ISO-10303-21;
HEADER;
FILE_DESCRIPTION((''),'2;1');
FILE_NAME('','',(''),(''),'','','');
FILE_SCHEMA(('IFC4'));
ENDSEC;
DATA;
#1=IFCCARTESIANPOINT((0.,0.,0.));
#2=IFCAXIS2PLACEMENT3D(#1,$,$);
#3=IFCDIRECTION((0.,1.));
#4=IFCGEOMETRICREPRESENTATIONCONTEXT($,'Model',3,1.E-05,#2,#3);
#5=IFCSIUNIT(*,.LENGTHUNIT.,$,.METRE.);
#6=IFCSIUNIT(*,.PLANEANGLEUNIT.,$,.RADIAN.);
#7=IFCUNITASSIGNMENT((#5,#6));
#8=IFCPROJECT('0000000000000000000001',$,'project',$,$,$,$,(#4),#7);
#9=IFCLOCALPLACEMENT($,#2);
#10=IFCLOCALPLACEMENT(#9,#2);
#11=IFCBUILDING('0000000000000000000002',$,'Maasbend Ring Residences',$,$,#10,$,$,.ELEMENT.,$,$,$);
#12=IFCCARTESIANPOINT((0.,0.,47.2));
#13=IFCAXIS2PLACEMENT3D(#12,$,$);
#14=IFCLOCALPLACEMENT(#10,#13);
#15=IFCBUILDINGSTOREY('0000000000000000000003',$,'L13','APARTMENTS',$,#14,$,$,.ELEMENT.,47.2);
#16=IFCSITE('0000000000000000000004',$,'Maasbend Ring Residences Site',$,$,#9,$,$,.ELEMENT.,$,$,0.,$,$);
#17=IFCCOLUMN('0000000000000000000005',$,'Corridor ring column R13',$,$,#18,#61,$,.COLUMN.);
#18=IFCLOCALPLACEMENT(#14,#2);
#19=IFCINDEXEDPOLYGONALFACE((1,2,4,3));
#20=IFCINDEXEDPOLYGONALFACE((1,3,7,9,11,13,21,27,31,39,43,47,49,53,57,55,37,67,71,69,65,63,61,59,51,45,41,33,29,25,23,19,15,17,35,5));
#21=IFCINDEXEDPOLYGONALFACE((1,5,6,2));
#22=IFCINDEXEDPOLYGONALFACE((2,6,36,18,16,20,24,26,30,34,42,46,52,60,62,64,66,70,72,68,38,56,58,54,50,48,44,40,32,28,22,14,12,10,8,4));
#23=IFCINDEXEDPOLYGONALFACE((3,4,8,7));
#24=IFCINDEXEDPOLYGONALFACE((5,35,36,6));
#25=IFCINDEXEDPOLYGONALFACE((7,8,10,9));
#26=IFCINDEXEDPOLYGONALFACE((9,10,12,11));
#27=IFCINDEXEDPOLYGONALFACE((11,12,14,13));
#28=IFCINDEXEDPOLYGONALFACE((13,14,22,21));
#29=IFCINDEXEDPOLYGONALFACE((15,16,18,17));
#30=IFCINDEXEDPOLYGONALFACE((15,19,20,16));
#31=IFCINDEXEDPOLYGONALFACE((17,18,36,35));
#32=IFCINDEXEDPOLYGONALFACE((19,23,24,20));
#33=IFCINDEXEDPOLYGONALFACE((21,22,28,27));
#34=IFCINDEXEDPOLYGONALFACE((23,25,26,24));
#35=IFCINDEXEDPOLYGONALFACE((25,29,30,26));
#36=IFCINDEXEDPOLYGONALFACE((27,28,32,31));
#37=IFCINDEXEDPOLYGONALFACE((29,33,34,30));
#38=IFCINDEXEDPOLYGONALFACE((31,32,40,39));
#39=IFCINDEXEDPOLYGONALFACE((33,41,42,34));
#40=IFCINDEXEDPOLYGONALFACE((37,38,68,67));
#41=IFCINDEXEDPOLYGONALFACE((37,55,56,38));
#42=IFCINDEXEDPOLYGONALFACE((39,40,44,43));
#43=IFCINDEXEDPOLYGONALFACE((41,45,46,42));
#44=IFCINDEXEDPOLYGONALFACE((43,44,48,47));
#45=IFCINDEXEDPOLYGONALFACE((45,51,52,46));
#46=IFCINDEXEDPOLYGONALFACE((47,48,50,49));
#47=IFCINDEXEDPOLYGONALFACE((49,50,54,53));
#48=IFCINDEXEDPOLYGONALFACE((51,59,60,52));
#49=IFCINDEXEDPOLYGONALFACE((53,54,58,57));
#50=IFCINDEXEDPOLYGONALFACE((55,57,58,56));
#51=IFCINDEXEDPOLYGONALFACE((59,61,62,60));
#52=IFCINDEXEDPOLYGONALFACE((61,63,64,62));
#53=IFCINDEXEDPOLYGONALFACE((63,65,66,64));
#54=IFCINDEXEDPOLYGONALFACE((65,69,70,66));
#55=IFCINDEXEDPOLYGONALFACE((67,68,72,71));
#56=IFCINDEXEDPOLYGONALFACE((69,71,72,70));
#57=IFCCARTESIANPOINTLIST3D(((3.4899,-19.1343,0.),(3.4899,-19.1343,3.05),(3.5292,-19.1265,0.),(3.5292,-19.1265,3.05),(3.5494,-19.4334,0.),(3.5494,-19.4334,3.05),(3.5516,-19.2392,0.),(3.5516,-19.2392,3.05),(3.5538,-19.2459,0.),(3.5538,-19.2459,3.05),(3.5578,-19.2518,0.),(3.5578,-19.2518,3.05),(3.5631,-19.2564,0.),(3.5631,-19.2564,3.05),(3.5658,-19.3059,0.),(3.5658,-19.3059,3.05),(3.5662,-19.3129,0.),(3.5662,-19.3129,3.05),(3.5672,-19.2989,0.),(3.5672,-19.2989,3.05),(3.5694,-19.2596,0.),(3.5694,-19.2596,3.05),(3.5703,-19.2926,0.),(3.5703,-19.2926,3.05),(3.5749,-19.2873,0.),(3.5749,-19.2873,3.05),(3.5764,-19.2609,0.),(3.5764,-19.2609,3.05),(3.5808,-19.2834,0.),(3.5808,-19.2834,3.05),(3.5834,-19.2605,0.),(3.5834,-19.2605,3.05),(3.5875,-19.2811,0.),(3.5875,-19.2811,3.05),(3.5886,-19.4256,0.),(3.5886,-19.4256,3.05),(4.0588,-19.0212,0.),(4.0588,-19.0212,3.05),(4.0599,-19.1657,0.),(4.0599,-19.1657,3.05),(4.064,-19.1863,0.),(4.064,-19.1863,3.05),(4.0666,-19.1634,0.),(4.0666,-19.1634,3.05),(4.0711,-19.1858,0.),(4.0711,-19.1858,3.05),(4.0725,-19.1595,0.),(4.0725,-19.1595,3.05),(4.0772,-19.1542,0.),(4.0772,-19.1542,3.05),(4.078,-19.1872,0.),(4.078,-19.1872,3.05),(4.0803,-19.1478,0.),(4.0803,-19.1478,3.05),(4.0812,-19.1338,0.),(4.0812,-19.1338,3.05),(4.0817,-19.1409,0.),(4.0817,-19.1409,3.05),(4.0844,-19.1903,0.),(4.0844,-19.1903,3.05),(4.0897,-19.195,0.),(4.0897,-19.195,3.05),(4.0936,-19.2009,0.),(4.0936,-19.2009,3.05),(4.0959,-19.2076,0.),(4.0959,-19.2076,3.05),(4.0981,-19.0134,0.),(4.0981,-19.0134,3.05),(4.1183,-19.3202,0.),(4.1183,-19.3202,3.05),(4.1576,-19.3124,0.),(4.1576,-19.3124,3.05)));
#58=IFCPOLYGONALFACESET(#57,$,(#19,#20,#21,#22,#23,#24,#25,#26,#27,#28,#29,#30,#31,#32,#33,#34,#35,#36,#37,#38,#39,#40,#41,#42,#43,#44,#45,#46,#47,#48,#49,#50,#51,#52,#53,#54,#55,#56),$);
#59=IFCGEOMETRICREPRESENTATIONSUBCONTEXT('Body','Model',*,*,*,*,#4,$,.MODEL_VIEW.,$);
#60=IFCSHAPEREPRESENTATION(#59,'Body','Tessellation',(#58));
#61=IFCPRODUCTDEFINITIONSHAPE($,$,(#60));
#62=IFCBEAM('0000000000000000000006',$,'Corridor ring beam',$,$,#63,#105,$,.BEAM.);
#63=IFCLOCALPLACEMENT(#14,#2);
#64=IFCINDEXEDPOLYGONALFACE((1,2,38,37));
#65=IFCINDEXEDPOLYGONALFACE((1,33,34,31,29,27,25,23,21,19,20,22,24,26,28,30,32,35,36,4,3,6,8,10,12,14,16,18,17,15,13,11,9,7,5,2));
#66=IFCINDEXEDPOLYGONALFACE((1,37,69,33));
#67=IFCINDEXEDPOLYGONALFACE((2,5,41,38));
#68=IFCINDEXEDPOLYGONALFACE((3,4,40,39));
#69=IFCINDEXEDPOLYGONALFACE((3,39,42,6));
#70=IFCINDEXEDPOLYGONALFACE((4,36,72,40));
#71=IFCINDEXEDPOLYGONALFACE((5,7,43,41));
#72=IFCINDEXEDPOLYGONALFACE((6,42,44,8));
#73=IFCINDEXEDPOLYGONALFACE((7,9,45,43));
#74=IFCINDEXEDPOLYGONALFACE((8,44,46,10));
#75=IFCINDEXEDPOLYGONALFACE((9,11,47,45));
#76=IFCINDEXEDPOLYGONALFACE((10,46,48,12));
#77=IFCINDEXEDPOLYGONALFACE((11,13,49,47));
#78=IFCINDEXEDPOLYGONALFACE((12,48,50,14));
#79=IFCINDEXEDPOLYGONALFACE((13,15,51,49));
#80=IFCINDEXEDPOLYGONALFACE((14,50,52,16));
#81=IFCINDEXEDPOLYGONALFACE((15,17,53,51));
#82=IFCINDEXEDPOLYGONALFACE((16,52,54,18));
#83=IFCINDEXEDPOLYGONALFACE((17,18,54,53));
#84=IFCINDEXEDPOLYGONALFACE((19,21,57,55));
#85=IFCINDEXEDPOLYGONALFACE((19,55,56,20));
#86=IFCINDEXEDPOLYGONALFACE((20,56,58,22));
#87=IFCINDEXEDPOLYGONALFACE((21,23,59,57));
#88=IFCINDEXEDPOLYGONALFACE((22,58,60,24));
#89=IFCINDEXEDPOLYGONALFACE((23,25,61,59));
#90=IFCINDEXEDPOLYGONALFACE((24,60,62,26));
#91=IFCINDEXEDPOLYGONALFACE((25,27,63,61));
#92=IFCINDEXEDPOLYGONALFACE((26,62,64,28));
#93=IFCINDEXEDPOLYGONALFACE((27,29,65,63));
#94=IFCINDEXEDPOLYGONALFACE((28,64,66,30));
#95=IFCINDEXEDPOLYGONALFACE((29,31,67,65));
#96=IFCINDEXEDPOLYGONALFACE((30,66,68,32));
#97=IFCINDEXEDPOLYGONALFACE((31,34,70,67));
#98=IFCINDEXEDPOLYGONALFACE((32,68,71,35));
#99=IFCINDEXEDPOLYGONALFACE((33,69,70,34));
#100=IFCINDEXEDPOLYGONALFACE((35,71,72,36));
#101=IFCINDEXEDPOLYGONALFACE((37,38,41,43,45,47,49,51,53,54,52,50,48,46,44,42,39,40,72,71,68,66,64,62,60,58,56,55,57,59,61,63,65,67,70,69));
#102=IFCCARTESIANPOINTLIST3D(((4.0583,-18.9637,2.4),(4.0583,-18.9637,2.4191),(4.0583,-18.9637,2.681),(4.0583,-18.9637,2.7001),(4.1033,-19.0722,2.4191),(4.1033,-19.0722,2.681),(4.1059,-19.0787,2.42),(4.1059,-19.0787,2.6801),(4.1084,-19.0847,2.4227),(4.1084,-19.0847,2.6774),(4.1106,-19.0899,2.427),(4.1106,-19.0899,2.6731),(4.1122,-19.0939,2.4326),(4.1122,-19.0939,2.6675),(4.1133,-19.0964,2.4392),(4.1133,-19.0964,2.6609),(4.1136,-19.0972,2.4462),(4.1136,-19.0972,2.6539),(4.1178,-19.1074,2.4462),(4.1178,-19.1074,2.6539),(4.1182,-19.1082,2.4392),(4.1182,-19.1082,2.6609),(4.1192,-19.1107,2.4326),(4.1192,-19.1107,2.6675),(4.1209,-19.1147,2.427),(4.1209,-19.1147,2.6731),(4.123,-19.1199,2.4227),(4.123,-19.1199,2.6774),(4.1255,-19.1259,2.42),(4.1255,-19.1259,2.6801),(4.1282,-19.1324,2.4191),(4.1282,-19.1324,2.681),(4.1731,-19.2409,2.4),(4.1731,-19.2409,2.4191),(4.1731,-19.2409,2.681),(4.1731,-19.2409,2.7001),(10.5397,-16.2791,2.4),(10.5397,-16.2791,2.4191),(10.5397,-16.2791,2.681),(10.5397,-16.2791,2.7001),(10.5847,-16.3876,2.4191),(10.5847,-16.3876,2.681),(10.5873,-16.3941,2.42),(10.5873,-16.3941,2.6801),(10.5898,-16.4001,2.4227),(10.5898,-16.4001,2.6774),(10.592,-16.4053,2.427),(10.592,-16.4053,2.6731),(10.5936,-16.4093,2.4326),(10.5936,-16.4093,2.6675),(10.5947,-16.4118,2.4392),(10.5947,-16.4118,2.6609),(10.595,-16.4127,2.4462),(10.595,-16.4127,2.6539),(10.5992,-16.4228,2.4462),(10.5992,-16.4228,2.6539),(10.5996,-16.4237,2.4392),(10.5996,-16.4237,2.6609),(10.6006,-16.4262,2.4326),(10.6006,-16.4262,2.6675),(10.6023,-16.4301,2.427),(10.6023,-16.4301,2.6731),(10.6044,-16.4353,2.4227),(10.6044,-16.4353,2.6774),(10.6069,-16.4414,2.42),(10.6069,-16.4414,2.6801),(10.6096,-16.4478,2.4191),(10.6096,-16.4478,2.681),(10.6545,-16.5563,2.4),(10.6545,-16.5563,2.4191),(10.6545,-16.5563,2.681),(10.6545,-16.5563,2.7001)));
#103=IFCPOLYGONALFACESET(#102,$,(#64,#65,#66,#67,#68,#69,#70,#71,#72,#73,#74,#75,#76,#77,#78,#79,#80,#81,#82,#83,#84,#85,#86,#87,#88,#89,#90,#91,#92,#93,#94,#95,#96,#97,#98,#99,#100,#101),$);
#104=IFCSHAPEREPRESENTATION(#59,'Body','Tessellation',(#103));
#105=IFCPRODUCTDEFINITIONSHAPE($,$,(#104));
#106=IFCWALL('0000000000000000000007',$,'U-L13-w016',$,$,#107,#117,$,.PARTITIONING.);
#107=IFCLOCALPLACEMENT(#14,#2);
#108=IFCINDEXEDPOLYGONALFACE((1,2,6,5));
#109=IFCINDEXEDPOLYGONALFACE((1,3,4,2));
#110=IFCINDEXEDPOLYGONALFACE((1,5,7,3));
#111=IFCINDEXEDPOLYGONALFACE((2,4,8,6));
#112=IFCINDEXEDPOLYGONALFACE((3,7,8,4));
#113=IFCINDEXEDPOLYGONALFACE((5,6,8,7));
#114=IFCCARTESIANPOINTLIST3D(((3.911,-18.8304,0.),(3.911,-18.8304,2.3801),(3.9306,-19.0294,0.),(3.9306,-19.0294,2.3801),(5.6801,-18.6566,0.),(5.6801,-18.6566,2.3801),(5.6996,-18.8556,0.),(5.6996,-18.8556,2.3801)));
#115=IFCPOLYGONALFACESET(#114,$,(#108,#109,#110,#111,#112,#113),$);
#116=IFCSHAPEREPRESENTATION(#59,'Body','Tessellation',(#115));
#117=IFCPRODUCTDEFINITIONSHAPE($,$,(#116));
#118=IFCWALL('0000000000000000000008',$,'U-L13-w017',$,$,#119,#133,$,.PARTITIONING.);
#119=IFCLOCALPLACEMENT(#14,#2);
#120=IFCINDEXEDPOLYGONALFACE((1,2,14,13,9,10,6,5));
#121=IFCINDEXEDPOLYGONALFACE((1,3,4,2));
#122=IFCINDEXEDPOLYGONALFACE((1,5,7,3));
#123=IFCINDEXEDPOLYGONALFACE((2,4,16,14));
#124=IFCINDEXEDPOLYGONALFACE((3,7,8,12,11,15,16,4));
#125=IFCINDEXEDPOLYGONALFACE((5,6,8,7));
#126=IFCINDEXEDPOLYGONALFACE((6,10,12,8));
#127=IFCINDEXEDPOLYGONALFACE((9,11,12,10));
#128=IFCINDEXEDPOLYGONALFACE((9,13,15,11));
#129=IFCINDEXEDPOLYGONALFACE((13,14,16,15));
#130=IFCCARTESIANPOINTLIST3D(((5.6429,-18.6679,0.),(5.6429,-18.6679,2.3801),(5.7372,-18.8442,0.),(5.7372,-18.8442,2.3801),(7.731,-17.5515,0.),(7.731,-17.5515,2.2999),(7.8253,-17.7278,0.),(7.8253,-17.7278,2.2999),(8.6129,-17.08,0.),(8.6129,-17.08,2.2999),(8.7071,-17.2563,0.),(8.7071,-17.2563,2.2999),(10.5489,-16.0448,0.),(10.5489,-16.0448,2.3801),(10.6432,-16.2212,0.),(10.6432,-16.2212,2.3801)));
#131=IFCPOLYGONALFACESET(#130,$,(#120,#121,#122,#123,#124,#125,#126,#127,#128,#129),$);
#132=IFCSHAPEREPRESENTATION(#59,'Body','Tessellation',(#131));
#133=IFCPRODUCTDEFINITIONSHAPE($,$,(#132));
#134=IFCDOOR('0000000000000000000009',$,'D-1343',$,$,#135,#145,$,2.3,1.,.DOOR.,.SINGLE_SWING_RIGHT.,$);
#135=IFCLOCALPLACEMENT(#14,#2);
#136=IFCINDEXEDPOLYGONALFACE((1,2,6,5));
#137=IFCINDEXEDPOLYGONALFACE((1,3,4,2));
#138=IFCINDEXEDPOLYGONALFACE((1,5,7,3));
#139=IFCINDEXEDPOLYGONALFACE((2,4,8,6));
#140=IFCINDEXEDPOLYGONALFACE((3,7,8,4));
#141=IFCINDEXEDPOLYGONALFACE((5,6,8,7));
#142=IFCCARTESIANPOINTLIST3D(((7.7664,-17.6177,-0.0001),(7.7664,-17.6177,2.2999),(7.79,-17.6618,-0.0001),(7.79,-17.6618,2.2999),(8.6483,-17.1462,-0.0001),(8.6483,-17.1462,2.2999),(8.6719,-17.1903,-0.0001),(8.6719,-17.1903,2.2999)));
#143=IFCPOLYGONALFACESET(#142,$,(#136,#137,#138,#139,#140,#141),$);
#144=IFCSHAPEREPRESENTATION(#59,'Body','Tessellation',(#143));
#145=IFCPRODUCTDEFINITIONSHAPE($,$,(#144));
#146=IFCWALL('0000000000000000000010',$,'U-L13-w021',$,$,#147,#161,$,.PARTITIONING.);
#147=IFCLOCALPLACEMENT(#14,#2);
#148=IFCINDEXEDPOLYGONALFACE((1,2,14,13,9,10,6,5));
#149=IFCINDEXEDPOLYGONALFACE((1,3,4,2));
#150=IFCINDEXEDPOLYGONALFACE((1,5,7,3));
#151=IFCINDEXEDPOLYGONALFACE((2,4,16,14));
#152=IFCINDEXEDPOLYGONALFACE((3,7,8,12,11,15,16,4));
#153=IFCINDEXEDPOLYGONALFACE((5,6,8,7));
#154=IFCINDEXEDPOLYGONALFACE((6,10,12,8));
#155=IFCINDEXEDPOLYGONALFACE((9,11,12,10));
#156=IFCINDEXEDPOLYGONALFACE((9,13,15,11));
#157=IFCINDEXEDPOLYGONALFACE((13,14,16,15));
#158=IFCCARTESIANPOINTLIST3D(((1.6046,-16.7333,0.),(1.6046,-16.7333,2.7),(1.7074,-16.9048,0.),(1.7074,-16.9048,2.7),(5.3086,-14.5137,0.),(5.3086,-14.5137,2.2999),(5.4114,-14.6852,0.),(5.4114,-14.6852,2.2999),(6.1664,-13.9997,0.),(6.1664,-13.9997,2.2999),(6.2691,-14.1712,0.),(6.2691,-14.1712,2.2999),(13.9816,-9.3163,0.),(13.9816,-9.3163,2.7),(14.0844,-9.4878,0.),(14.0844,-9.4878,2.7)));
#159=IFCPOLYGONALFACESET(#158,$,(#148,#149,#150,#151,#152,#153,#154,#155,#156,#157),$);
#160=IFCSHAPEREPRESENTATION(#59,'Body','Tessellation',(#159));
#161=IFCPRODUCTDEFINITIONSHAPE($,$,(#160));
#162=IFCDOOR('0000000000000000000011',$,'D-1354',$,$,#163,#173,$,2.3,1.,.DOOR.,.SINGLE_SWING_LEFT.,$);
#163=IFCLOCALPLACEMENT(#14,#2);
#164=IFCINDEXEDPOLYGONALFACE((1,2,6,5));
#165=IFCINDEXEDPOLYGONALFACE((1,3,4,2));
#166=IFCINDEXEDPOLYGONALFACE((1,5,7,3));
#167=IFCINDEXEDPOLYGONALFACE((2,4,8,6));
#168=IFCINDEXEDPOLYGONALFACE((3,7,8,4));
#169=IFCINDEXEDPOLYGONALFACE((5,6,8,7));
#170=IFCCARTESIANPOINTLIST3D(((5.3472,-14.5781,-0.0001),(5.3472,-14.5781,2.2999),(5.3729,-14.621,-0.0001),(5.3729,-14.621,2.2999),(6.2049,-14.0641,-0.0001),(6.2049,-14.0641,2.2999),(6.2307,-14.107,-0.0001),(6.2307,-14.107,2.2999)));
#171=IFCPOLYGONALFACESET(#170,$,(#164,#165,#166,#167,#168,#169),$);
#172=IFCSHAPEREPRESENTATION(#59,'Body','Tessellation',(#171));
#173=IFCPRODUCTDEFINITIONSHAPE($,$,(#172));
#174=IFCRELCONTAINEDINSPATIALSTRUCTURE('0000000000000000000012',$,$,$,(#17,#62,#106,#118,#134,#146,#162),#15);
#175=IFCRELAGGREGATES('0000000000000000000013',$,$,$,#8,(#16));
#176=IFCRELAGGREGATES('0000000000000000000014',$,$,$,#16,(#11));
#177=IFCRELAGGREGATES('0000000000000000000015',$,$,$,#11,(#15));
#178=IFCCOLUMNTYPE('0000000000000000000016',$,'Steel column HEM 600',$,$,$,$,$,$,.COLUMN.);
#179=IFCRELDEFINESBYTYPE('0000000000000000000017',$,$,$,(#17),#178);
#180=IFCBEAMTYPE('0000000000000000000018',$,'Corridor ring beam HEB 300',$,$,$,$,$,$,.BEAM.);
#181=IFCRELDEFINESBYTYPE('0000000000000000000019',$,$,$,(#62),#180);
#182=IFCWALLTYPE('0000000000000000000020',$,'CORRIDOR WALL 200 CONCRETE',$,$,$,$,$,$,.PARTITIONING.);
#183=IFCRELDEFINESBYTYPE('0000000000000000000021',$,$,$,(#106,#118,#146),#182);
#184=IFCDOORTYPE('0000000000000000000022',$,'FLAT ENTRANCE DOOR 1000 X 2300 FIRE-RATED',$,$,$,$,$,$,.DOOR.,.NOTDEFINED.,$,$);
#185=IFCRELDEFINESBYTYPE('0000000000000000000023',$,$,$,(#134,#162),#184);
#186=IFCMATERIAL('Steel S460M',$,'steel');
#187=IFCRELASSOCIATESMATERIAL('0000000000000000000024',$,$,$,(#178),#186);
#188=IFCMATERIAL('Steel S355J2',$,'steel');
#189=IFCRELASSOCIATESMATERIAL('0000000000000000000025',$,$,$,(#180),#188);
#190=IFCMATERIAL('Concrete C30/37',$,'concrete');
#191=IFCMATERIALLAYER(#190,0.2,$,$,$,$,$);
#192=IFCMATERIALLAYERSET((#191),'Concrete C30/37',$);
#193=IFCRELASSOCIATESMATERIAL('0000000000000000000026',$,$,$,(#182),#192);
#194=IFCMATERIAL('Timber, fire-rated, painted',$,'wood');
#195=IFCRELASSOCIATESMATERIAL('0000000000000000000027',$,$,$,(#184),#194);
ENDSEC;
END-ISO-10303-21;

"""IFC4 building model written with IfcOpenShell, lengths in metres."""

from ifc_helpers import new_model, si_unit, direction, frame, frame_2d, origin, origin_2d, place, context, subcontext, project, spatial, rectangle, i_section, extrude, material, layer, layer_set, material_profile, profile_set, type_object, element, fill, save


model = new_model("IFC4")

# Units and contexts
model_context = context("Model", 3, precision=1e-05, world=origin(), true_north=direction((0.0, 1.0)))
body_context = subcontext(model_context, "Body", "Model", "MODEL_VIEW")
ifc_project = project(units=[si_unit("LENGTHUNIT", "METRE"), si_unit("PLANEANGLEUNIT", "RADIAN")], contexts=[model_context])

# Site, building, storey
site_placement = place(None, origin())
site = spatial("IfcSite", under=ifc_project, at=site_placement, Name="Maasbend Ring Residences Site", CompositionType="ELEMENT", RefElevation=0.0)
building_placement = place(site_placement, origin())
building = spatial("IfcBuilding", under=site, at=building_placement, Name="Maasbend Ring Residences", CompositionType="ELEMENT")
storey_placement = place(building_placement, frame((0.0, 0.0, 47.2)))
storey = spatial("IfcBuildingStorey", under=building, at=storey_placement, Name="L13", Description="APARTMENTS", CompositionType="ELEMENT", Elevation=47.2)

# Column
ifc_material_1 = material(Name="Steel S460M", Category="steel")
ifc_material_profile_1 = material_profile(ifc_material_1, i_section(OverallWidth=0.3049, OverallDepth=0.6201, WebThickness=0.021, FlangeThickness=0.04, FilletRadius=0.0271, at=origin_2d()), Name="HEM 600")
ifc_profile_set_1 = profile_set([ifc_material_profile_1], Name="Steel S460M")
column_type = type_object("IfcColumnType", Name="Steel column HEM 600", PredefinedType="COLUMN", material=ifc_profile_set_1)
column_placement = place(storey_placement, frame((3.8237, -19.2234, 0.0), z_axis=(0.0, 0.0, 1.0), x_axis=(0.19509, -0.980785, 0.0)))
element("IfcColumn", 1, at=column_placement, inside=storey, type_object=column_type, Name="Corridor ring column R13", PredefinedType="COLUMN", context=body_context, shape_type="SweptSolid", body=[
    extrude(i_section(OverallWidth=0.3049, OverallDepth=0.6201, WebThickness=0.021, FlangeThickness=0.04, FilletRadius=0.0271, at=origin_2d()), origin(), (0.0, 0.0, 1.0), 3.05),
])

# Beam
ifc_material_2 = material(Name="Steel S355J2", Category="steel")
ifc_material_profile_2 = material_profile(ifc_material_2, i_section(OverallWidth=0.3, OverallDepth=0.3, WebThickness=0.011, FlangeThickness=0.019, FilletRadius=0.0271, at=origin_2d()), Name="HEB 300")
ifc_profile_set_2 = profile_set([ifc_material_profile_2], Name="Steel S355J2")
beam_type = type_object("IfcBeamType", Name="Corridor ring beam HEB 300", PredefinedType="BEAM", material=ifc_profile_set_2)
beam_placement = place(storey_placement, frame((4.1157, -19.1023, 2.55), z_axis=(0.923886, 0.382667, 0.0), x_axis=(-0.382667, 0.923886, 0.0)))
element("IfcBeam", 2, at=beam_placement, inside=storey, type_object=beam_type, Name="Corridor ring beam", PredefinedType="BEAM", context=body_context, shape_type="SweptSolid", body=[
    extrude(i_section(OverallWidth=0.3, OverallDepth=0.3, WebThickness=0.011, FlangeThickness=0.019, FilletRadius=0.0271, at=origin_2d()), origin(), (0.0, 0.0, 1.0), 7.0154),
])

# Wall
ifc_material_3 = material(Name="Concrete C30/37", Category="concrete")
ifc_layer_1 = layer(ifc_material_3, 0.2)
ifc_layer_set_1 = layer_set([ifc_layer_1], Name="Concrete C30/37")
wall_type_1 = type_object("IfcWallType", Name="CORRIDOR WALL 200 CONCRETE", PredefinedType="PARTITIONING", material=ifc_layer_set_1)
wall_1_placement = place(storey_placement, frame((3.9209, -18.9299, 0.0), z_axis=(0.0, 0.0, 1.0), x_axis=(0.995207, 0.09779, 0.0)))
element("IfcWall", 3, at=wall_1_placement, inside=storey, type_object=wall_type_1, Name="U-L13-w016", PredefinedType="PARTITIONING", context=body_context, shape_type="SweptSolid", body=[
    extrude(rectangle(XDim=1.7776, YDim=0.2, at=frame_2d((0.8887, 0.0))), origin(), (0.0, 0.0, 1.0), 2.3801),
])

# Walls, openings, doors
wall_2_placement = place(storey_placement, frame((5.6899, -18.7561, 0.0), z_axis=(0.0, 0.0, 1.0), x_axis=(0.881867, 0.471499, 0.0)))
wall_2 = element("IfcWall", 4, at=wall_2_placement, inside=storey, type_object=wall_type_1, Name="U-L13-w017", PredefinedType="PARTITIONING", context=body_context, shape_type="SweptSolid", body=[
    extrude(rectangle(XDim=5.5632, YDim=0.2, at=frame_2d((2.7817, 0.0))), origin(), (0.0, 0.0, 1.0), 2.3801),
])
opening_1_placement = place(wall_2_placement, frame((2.3679, 0.0, 0.0)))
opening_1 = element("IfcOpeningElement", 5, at=opening_1_placement, cuts=wall_2, PredefinedType="OPENING", context=body_context, shape_type="SweptSolid", body=[
    extrude(rectangle(XDim=1.0, YDim=2.3, at=frame_2d((0.5, 1.1499))), frame((0.0, 0.1099, 0.0), z_axis=(0.0, -1.0, 0.0), x_axis=(1.0, 0.0, 0.0)), (0.0, 0.0, 1.0), 0.22),
])
ifc_material_4 = material(Name="Timber, fire-rated, painted", Category="wood")
door_type_1 = type_object("IfcDoorType", Name="FLAT ENTRANCE DOOR 1000 X 2300 FIRE-RATED", OperationType="NOTDEFINED", PredefinedType="DOOR", material=ifc_material_4)
door_1_placement = place(opening_1_placement, origin())
door_1 = element("IfcDoor", 6, at=door_1_placement, inside=storey, type_object=door_type_1, Name="D-1343", OperationType="SINGLE_SWING_RIGHT", OverallHeight=2.3, OverallWidth=1.0, PredefinedType="DOOR", context=body_context, shape_type="SweptSolid", body=[
    extrude(rectangle(XDim=1.0, YDim=2.3, at=frame_2d((0.5, 1.1499))), frame((0.0, 0.0249, 0.0), z_axis=(0.0, -1.0, 0.0), x_axis=(1.0, 0.0, 0.0)), (0.0, 0.0, 1.0), 0.05),
])
fill(opening_1, door_1)
wall_3_placement = place(storey_placement, frame((1.656, -16.8191, 0.0), z_axis=(0.0, 0.0, 1.0), x_axis=(0.857773, 0.514028, 0.0)))
wall_3 = element("IfcWall", 7, at=wall_3_placement, inside=storey, type_object=wall_type_1, Name="U-L13-w021", PredefinedType="PARTITIONING", context=body_context, shape_type="SweptSolid", body=[
    extrude(rectangle(XDim=14.4292, YDim=0.2, at=frame_2d((7.2146, 0.0))), origin(), (0.0, 0.0, 1.0), 2.7),
])
opening_2_placement = place(wall_3_placement, frame((4.3181, 0.0, 0.0)))
opening_2 = element("IfcOpeningElement", 8, at=opening_2_placement, cuts=wall_3, PredefinedType="OPENING", context=body_context, shape_type="SweptSolid", body=[
    extrude(rectangle(XDim=1.0, YDim=2.3, at=frame_2d((0.5, 1.1499))), frame((0.0, 0.1099, 0.0), z_axis=(0.0, -1.0, 0.0), x_axis=(1.0, 0.0, 0.0)), (0.0, 0.0, 1.0), 0.22),
])
door_2_placement = place(opening_2_placement, origin())
door_2 = element("IfcDoor", 9, at=door_2_placement, inside=storey, type_object=door_type_1, Name="D-1354", OperationType="SINGLE_SWING_LEFT", OverallHeight=2.3, OverallWidth=1.0, PredefinedType="DOOR", context=body_context, shape_type="SweptSolid", body=[
    extrude(rectangle(XDim=1.0, YDim=2.3, at=frame_2d((0.5, 1.1499))), frame((0.0, 0.0249, 0.0), z_axis=(0.0, -1.0, 0.0), x_axis=(1.0, 0.0, 0.0)), (0.0, 0.0, 1.0), 0.05),
])
fill(opening_2, door_2)

save(model, "model.ifc")
